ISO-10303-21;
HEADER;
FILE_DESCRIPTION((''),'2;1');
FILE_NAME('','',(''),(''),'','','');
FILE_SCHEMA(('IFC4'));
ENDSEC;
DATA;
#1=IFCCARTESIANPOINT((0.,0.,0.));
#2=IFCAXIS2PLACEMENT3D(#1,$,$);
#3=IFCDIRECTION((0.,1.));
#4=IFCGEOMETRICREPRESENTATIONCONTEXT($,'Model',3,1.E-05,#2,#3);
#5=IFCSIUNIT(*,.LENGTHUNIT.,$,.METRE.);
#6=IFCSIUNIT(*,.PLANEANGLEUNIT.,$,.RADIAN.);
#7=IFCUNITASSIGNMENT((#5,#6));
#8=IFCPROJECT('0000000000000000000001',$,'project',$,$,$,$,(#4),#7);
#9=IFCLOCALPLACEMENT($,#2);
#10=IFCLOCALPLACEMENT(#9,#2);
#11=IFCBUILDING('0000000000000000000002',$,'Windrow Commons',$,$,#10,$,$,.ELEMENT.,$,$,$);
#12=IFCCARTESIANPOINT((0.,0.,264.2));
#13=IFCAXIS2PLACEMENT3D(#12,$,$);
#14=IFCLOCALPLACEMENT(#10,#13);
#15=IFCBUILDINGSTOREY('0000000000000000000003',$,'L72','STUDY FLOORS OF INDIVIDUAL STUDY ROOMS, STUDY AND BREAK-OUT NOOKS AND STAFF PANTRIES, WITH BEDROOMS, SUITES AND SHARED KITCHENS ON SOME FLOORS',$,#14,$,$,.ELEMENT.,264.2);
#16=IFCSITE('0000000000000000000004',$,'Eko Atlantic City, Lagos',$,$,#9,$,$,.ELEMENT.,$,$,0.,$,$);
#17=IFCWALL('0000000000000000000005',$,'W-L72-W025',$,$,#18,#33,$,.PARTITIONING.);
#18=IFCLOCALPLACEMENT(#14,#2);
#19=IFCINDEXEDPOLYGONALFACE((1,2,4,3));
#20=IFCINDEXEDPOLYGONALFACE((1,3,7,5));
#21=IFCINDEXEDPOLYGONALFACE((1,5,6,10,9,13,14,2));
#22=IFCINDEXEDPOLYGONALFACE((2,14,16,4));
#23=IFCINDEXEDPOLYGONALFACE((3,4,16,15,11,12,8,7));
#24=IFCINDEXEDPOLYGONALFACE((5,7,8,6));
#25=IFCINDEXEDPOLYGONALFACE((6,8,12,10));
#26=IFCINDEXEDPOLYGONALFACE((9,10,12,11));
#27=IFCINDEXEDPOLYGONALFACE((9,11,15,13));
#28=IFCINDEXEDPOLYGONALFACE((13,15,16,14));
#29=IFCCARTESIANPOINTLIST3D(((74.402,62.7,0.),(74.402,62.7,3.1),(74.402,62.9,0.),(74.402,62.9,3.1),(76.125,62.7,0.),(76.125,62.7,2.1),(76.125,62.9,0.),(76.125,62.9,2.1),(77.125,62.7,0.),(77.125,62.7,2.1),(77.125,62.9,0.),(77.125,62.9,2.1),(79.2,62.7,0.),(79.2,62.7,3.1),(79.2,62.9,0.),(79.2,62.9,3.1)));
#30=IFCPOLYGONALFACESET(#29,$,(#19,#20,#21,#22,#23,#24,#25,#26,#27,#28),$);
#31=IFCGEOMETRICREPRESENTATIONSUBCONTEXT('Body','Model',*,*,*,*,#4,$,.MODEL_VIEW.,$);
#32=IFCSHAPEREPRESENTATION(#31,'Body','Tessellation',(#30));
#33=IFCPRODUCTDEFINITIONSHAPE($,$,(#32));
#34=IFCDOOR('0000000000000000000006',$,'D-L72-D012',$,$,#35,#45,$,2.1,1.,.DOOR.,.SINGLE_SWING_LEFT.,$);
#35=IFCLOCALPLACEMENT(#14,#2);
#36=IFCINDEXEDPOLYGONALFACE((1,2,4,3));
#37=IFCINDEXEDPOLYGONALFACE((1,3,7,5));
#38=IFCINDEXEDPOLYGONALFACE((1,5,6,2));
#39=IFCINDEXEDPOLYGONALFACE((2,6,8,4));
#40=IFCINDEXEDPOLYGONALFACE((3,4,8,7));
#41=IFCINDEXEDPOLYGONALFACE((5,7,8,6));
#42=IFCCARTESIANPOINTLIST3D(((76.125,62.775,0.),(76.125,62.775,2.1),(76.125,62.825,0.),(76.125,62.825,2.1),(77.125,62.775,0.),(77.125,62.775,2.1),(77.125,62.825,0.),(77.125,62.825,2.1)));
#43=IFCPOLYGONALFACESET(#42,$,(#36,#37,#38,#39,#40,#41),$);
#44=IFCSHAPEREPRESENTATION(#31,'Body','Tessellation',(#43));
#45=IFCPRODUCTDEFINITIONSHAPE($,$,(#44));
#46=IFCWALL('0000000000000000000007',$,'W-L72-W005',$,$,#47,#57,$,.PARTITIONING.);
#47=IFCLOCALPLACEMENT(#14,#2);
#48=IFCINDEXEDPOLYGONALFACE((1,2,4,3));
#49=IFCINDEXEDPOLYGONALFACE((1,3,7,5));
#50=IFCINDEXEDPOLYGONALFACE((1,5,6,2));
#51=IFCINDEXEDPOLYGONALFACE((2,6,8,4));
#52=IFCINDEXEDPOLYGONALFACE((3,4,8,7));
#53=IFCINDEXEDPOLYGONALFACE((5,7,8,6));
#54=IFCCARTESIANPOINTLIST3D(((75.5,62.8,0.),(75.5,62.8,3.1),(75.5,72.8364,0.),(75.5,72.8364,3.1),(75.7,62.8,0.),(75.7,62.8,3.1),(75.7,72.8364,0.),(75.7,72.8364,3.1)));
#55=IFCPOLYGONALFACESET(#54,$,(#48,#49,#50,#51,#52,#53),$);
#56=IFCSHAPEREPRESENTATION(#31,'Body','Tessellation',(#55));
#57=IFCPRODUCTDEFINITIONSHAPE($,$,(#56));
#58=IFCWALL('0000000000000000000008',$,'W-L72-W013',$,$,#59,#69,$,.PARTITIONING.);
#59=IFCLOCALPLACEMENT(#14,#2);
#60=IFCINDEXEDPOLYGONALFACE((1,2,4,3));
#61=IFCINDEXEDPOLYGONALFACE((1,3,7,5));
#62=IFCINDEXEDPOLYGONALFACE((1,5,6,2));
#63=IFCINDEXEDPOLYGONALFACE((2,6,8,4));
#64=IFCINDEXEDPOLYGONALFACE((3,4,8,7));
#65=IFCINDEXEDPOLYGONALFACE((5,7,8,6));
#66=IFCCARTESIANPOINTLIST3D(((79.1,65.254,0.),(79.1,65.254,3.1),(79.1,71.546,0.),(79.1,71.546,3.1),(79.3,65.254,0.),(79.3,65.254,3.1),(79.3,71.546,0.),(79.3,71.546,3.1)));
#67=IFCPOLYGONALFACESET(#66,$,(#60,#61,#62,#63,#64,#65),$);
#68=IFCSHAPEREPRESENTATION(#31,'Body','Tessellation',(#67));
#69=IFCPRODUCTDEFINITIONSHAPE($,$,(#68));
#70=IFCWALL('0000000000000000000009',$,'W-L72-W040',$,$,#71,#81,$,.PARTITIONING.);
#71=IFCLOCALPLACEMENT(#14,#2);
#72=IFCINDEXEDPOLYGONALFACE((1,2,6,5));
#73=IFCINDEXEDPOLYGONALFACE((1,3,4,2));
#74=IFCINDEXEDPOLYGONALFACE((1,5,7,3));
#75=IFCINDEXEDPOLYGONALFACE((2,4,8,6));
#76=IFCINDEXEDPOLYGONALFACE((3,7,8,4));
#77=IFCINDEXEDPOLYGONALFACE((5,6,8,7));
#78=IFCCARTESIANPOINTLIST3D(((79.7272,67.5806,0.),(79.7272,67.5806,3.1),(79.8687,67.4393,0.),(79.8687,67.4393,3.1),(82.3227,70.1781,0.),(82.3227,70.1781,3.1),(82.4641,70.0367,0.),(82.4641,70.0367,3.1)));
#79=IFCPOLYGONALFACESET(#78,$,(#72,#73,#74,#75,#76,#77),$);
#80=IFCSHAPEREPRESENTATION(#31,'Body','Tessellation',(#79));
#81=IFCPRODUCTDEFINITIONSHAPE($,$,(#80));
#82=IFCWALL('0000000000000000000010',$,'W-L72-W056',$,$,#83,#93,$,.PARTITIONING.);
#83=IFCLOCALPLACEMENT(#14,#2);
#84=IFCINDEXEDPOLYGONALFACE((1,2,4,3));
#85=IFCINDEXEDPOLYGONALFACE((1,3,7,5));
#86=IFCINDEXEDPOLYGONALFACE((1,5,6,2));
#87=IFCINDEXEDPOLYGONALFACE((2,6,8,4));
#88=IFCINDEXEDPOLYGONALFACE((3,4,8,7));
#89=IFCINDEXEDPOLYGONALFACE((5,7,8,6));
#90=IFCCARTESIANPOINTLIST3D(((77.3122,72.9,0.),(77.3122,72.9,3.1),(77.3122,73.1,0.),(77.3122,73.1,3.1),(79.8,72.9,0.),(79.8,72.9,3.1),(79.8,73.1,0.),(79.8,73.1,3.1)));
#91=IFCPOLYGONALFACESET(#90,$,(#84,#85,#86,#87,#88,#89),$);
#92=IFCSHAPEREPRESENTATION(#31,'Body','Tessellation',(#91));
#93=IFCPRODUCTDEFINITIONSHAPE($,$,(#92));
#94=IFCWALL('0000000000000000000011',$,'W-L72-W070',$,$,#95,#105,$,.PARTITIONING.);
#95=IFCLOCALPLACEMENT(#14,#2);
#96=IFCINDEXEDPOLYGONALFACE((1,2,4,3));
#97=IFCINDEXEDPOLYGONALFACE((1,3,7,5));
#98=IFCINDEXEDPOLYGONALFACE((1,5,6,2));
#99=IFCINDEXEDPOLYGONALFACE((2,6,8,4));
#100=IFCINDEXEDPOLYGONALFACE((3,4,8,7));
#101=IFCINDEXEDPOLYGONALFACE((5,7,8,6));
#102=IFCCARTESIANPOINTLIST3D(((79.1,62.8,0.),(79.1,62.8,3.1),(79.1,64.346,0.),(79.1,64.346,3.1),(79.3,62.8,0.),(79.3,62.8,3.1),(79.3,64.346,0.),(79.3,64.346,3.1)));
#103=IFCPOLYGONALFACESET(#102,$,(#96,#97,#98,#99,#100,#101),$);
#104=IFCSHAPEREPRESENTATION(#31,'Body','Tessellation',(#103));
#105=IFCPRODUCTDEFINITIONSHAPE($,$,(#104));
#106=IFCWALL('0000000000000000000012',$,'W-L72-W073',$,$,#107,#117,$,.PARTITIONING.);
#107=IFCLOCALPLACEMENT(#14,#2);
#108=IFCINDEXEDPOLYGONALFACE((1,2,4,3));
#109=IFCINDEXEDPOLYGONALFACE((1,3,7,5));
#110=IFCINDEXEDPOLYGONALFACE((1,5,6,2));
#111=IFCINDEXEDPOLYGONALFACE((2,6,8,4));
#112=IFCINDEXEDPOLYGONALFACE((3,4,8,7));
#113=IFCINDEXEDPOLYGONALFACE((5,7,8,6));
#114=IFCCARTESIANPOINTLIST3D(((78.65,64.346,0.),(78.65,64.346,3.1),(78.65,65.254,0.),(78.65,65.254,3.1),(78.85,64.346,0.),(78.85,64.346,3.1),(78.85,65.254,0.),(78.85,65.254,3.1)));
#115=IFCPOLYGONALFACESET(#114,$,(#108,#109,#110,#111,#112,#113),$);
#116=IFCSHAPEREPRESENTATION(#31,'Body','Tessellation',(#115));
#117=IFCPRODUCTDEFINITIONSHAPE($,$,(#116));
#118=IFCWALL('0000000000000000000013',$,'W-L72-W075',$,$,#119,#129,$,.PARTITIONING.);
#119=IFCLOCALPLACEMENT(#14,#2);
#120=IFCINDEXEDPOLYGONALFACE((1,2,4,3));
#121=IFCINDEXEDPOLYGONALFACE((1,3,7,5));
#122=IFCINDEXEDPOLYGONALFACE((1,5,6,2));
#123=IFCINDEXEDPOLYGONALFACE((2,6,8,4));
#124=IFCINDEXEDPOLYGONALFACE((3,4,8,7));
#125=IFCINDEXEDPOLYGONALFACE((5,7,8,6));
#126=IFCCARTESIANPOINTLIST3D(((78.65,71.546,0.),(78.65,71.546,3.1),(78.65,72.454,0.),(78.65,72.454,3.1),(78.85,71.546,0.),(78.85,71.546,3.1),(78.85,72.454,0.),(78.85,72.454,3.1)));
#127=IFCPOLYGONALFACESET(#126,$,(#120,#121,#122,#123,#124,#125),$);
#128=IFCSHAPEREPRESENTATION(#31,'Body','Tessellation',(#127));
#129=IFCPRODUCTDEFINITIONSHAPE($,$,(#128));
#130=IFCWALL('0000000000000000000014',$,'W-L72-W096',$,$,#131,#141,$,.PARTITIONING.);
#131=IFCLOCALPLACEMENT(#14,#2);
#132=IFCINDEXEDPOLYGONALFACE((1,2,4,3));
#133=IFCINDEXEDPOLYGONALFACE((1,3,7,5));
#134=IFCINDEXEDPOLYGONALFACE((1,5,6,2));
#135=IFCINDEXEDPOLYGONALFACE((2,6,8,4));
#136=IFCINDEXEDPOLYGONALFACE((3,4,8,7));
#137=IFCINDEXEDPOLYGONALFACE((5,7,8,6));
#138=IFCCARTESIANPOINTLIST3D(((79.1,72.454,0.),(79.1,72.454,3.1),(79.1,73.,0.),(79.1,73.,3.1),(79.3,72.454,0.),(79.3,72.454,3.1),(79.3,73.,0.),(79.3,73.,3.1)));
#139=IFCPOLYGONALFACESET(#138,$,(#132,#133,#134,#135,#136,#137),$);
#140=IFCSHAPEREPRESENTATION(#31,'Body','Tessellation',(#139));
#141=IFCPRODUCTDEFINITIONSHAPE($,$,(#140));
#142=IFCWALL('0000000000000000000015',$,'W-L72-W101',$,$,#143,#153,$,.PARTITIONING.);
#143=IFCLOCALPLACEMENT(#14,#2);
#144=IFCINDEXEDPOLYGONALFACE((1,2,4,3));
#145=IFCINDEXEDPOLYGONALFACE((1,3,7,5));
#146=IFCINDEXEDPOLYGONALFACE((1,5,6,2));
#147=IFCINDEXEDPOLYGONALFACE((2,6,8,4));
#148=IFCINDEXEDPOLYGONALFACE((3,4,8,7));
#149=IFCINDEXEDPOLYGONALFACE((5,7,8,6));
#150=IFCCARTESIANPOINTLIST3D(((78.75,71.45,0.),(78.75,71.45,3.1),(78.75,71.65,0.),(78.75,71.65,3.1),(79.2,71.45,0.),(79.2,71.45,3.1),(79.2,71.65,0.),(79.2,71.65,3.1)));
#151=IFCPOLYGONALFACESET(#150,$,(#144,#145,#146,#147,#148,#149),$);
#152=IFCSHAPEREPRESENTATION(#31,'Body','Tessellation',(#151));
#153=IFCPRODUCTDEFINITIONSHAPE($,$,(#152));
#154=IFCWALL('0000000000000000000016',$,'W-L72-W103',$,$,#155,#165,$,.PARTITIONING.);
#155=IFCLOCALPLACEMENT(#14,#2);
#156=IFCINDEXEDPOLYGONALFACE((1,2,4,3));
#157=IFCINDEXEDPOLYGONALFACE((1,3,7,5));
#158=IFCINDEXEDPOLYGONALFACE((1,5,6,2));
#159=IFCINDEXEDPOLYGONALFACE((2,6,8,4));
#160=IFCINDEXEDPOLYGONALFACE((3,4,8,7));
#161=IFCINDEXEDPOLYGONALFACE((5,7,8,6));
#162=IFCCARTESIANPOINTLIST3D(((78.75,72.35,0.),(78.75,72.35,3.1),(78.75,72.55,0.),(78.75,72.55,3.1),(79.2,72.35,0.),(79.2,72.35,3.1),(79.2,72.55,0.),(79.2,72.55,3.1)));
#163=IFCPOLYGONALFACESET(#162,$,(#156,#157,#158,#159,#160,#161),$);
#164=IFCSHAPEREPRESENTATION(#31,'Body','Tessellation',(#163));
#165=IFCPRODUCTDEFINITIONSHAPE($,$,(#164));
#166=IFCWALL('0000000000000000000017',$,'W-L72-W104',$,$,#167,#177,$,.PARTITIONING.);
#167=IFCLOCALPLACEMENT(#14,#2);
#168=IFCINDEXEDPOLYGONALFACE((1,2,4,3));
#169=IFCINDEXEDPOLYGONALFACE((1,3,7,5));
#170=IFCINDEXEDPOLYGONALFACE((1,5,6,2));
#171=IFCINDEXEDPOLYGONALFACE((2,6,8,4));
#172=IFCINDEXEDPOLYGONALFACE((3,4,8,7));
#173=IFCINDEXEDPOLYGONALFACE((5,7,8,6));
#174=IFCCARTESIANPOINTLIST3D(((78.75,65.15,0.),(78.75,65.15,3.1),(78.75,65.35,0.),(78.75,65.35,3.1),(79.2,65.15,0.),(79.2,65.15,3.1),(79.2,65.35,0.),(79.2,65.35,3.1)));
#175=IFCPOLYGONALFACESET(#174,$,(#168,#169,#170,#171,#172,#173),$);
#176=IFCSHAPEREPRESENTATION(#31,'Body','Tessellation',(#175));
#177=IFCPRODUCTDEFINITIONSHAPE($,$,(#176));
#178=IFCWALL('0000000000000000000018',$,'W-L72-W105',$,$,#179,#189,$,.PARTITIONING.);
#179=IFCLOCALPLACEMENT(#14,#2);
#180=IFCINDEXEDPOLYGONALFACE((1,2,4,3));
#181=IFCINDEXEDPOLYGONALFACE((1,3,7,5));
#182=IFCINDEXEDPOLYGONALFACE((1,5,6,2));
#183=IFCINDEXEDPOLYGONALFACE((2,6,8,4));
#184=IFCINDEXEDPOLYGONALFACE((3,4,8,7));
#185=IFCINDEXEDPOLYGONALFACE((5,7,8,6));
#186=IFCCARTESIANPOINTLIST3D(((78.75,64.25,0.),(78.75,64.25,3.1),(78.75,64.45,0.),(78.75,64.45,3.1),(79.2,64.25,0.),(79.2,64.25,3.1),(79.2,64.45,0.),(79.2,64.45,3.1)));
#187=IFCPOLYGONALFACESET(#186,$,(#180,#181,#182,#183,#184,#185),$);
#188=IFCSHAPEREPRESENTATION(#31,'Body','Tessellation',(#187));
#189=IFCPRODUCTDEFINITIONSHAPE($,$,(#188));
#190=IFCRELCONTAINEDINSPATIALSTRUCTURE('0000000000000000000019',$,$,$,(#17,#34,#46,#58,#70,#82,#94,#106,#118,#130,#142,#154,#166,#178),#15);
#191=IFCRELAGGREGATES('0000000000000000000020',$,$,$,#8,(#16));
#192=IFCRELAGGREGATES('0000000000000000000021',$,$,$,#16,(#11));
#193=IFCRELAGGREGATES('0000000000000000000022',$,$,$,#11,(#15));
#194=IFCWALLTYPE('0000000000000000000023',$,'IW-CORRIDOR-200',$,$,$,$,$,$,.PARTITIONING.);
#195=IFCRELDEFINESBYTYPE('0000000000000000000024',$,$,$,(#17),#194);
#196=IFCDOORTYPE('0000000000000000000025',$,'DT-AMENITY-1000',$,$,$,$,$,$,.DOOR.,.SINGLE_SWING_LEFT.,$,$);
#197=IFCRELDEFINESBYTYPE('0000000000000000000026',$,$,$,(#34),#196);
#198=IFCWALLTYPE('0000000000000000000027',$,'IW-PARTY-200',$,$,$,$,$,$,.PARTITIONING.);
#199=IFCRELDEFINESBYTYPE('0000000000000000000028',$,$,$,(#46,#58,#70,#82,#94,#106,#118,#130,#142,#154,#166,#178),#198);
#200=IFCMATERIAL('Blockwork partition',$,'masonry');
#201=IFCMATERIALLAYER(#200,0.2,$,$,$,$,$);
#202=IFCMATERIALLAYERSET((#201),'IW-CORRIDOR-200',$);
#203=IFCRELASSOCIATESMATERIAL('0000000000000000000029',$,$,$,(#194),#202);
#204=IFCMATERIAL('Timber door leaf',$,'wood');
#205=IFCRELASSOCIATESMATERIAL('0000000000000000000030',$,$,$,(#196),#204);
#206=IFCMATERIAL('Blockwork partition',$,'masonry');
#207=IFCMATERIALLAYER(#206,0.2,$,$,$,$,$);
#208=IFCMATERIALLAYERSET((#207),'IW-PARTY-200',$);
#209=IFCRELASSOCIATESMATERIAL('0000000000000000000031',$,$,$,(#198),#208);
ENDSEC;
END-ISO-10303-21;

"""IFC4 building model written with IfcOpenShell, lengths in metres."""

from ifc_helpers import new_model, si_unit, direction, frame, frame_2d, origin, place, context, subcontext, project, spatial, rectangle, extrude, material, layer, layer_set, type_object, element, fill, save


model = new_model("IFC4")

# Units and contexts
model_context = context("Model", 3, precision=1e-05, world=origin(), true_north=direction((0.0, 1.0)))
body_context = subcontext(model_context, "Body", "Model", "MODEL_VIEW")
ifc_project = project(units=[si_unit("LENGTHUNIT", "METRE"), si_unit("PLANEANGLEUNIT", "RADIAN")], contexts=[model_context])

# Site, building, storey
site_placement = place(None, origin())
site = spatial("IfcSite", under=ifc_project, at=site_placement, Name="Eko Atlantic City, Lagos", CompositionType="ELEMENT", RefElevation=0.0)
building_placement = place(site_placement, origin())
building = spatial("IfcBuilding", under=site, at=building_placement, Name="Windrow Commons", CompositionType="ELEMENT")
storey_placement = place(building_placement, frame((0.0, 0.0, 264.2)))
storey = spatial("IfcBuildingStorey", under=building, at=storey_placement, Name="L72", Description="STUDY FLOORS OF INDIVIDUAL STUDY ROOMS, STUDY AND BREAK-OUT NOOKS AND STAFF PANTRIES, WITH BEDROOMS, SUITES AND SHARED KITCHENS ON SOME FLOORS", CompositionType="ELEMENT", Elevation=264.2)

# Wall, opening, door
ifc_material_1 = material(Name="Blockwork partition", Category="masonry")
ifc_layer_1 = layer(ifc_material_1, 0.2)
ifc_layer_set_1 = layer_set([ifc_layer_1], Name="IW-CORRIDOR-200")
wall_type_1 = type_object("IfcWallType", Name="IW-CORRIDOR-200", PredefinedType="PARTITIONING", material=ifc_layer_set_1)
wall_1_placement = place(storey_placement, frame((74.402, 62.8, 0.0), z_axis=(0.0, 0.0, 1.0), x_axis=(1.0, 0.0, 0.0)))
wall_1 = element("IfcWall", 1, at=wall_1_placement, inside=storey, type_object=wall_type_1, Name="W-L72-W025", PredefinedType="PARTITIONING", context=body_context, shape_type="SweptSolid", body=[
    extrude(rectangle(XDim=4.798, YDim=0.2, at=frame_2d((2.399, 0.0))), origin(), (0.0, 0.0, 1.0), 3.1),
])
opening_1_placement = place(wall_1_placement, frame((1.723, 0.0, 0.0)))
opening_1 = element("IfcOpeningElement", 2, at=opening_1_placement, cuts=wall_1, PredefinedType="OPENING", context=body_context, shape_type="SweptSolid", body=[
    extrude(rectangle(XDim=1.0, YDim=2.1, at=frame_2d((0.5, 1.05))), frame((0.0, 0.11, 0.0), z_axis=(0.0, -1.0, 0.0), x_axis=(1.0, 0.0, 0.0)), (0.0, 0.0, 1.0), 0.22),
])
ifc_material_2 = material(Name="Timber door leaf", Category="wood")
door_type = type_object("IfcDoorType", Name="DT-AMENITY-1000", OperationType="SINGLE_SWING_LEFT", PredefinedType="DOOR", material=ifc_material_2)
door_placement = place(opening_1_placement, origin())
door = element("IfcDoor", 3, at=door_placement, inside=storey, type_object=door_type, Name="D-L72-D012", OperationType="SINGLE_SWING_LEFT", OverallHeight=2.1, OverallWidth=1.0, PredefinedType="DOOR", context=body_context, shape_type="SweptSolid", body=[
    extrude(rectangle(XDim=1.0, YDim=2.1, at=frame_2d((0.5, 1.05))), frame((0.0, 0.025, 0.0), z_axis=(0.0, -1.0, 0.0), x_axis=(1.0, 0.0, 0.0)), (0.0, 0.0, 1.0), 0.05),
])
fill(opening_1, door)

# Walls
ifc_material_3 = material(Name="Blockwork partition", Category="masonry")
ifc_layer_2 = layer(ifc_material_3, 0.2)
ifc_layer_set_2 = layer_set([ifc_layer_2], Name="IW-PARTY-200")
wall_type_2 = type_object("IfcWallType", Name="IW-PARTY-200", PredefinedType="PARTITIONING", material=ifc_layer_set_2)
wall_2_placement = place(storey_placement, frame((75.6, 62.8, 0.0), z_axis=(0.0, 0.0, 1.0), x_axis=(0.0, 1.0, 0.0)))
element("IfcWall", 4, at=wall_2_placement, inside=storey, type_object=wall_type_2, Name="W-L72-W005", PredefinedType="PARTITIONING", context=body_context, shape_type="SweptSolid", body=[
    extrude(rectangle(XDim=10.0364, YDim=0.2, at=frame_2d((5.0182, 0.0))), origin(), (0.0, 0.0, 1.0), 3.1),
])
wall_3_placement = place(storey_placement, frame((79.2, 65.254, 0.0), z_axis=(0.0, 0.0, 1.0), x_axis=(0.0, 1.0, 0.0)))
element("IfcWall", 5, at=wall_3_placement, inside=storey, type_object=wall_type_2, Name="W-L72-W013", PredefinedType="PARTITIONING", context=body_context, shape_type="SweptSolid", body=[
    extrude(rectangle(XDim=6.292, YDim=0.2, at=frame_2d((3.146, 0.0))), origin(), (0.0, 0.0, 1.0), 3.1),
])
wall_4_placement = place(storey_placement, frame((79.798, 67.51, 0.0), z_axis=(0.0, 0.0, 1.0), x_axis=(0.706834, 0.707379, 0.0)))
element("IfcWall", 6, at=wall_4_placement, inside=storey, type_object=wall_type_2, Name="W-L72-W040", PredefinedType="PARTITIONING", context=body_context, shape_type="SweptSolid", body=[
    extrude(rectangle(XDim=3.6719, YDim=0.2, at=frame_2d((1.8359, 0.0))), origin(), (0.0, 0.0, 1.0), 3.1),
])
wall_5_placement = place(storey_placement, frame((77.3122, 73.0, 0.0), z_axis=(0.0, 0.0, 1.0), x_axis=(1.0, 0.0, 0.0)))
element("IfcWall", 7, at=wall_5_placement, inside=storey, type_object=wall_type_2, Name="W-L72-W056", PredefinedType="PARTITIONING", context=body_context, shape_type="SweptSolid", body=[
    extrude(rectangle(XDim=2.4878, YDim=0.2, at=frame_2d((1.2439, 0.0))), origin(), (0.0, 0.0, 1.0), 3.1),
])
wall_6_placement = place(storey_placement, frame((79.2, 62.8, 0.0), z_axis=(0.0, 0.0, 1.0), x_axis=(0.0, 1.0, 0.0)))
element("IfcWall", 8, at=wall_6_placement, inside=storey, type_object=wall_type_2, Name="W-L72-W070", PredefinedType="PARTITIONING", context=body_context, shape_type="SweptSolid", body=[
    extrude(rectangle(XDim=1.546, YDim=0.2, at=frame_2d((0.773, 0.0))), origin(), (0.0, 0.0, 1.0), 3.1),
])
for number, where, z_axis, x_axis, name in (
    (9, (78.75, 64.346, 0.0), (0.0, 0.0, 1.0), (0.0, 1.0, 0.0), "W-L72-W073"),
    (10, (78.75, 71.546, 0.0), (0.0, 0.0, 1.0), (0.0, 1.0, 0.0), "W-L72-W075"),
):
    element("IfcWall", number, at=place(storey_placement, frame(where, z_axis=z_axis, x_axis=x_axis)), inside=storey, type_object=wall_type_2, Name=name, PredefinedType="PARTITIONING", context=body_context, shape_type="SweptSolid", body=[
        extrude(rectangle(XDim=0.908, YDim=0.2, at=frame_2d((0.454, 0.0))), origin(), (0.0, 0.0, 1.0), 3.1),
    ])
wall_7_placement = place(storey_placement, frame((79.2, 72.454, 0.0), z_axis=(0.0, 0.0, 1.0), x_axis=(0.0, 1.0, 0.0)))
element("IfcWall", 11, at=wall_7_placement, inside=storey, type_object=wall_type_2, Name="W-L72-W096", PredefinedType="PARTITIONING", context=body_context, shape_type="SweptSolid", body=[
    extrude(rectangle(XDim=0.546, YDim=0.2, at=frame_2d((0.273, 0.0))), origin(), (0.0, 0.0, 1.0), 3.1),
])
for number, where, z_axis, x_axis, name in (
    (12, (78.75, 71.55, 0.0), (0.0, 0.0, 1.0), (1.0, 0.0, 0.0), "W-L72-W101"),
    (13, (78.75, 72.45, 0.0), (0.0, 0.0, 1.0), (1.0, 0.0, 0.0), "W-L72-W103"),
    (14, (78.75, 65.25, 0.0), (0.0, 0.0, 1.0), (1.0, 0.0, 0.0), "W-L72-W104"),
    (15, (78.75, 64.35, 0.0), (0.0, 0.0, 1.0), (1.0, 0.0, 0.0), "W-L72-W105"),
):
    element("IfcWall", number, at=place(storey_placement, frame(where, z_axis=z_axis, x_axis=x_axis)), inside=storey, type_object=wall_type_2, Name=name, PredefinedType="PARTITIONING", context=body_context, shape_type="SweptSolid", body=[
        extrude(rectangle(XDim=0.45, YDim=0.2, at=frame_2d((0.225, 0.0))), origin(), (0.0, 0.0, 1.0), 3.1),
    ])

save(model, "model.ifc")
